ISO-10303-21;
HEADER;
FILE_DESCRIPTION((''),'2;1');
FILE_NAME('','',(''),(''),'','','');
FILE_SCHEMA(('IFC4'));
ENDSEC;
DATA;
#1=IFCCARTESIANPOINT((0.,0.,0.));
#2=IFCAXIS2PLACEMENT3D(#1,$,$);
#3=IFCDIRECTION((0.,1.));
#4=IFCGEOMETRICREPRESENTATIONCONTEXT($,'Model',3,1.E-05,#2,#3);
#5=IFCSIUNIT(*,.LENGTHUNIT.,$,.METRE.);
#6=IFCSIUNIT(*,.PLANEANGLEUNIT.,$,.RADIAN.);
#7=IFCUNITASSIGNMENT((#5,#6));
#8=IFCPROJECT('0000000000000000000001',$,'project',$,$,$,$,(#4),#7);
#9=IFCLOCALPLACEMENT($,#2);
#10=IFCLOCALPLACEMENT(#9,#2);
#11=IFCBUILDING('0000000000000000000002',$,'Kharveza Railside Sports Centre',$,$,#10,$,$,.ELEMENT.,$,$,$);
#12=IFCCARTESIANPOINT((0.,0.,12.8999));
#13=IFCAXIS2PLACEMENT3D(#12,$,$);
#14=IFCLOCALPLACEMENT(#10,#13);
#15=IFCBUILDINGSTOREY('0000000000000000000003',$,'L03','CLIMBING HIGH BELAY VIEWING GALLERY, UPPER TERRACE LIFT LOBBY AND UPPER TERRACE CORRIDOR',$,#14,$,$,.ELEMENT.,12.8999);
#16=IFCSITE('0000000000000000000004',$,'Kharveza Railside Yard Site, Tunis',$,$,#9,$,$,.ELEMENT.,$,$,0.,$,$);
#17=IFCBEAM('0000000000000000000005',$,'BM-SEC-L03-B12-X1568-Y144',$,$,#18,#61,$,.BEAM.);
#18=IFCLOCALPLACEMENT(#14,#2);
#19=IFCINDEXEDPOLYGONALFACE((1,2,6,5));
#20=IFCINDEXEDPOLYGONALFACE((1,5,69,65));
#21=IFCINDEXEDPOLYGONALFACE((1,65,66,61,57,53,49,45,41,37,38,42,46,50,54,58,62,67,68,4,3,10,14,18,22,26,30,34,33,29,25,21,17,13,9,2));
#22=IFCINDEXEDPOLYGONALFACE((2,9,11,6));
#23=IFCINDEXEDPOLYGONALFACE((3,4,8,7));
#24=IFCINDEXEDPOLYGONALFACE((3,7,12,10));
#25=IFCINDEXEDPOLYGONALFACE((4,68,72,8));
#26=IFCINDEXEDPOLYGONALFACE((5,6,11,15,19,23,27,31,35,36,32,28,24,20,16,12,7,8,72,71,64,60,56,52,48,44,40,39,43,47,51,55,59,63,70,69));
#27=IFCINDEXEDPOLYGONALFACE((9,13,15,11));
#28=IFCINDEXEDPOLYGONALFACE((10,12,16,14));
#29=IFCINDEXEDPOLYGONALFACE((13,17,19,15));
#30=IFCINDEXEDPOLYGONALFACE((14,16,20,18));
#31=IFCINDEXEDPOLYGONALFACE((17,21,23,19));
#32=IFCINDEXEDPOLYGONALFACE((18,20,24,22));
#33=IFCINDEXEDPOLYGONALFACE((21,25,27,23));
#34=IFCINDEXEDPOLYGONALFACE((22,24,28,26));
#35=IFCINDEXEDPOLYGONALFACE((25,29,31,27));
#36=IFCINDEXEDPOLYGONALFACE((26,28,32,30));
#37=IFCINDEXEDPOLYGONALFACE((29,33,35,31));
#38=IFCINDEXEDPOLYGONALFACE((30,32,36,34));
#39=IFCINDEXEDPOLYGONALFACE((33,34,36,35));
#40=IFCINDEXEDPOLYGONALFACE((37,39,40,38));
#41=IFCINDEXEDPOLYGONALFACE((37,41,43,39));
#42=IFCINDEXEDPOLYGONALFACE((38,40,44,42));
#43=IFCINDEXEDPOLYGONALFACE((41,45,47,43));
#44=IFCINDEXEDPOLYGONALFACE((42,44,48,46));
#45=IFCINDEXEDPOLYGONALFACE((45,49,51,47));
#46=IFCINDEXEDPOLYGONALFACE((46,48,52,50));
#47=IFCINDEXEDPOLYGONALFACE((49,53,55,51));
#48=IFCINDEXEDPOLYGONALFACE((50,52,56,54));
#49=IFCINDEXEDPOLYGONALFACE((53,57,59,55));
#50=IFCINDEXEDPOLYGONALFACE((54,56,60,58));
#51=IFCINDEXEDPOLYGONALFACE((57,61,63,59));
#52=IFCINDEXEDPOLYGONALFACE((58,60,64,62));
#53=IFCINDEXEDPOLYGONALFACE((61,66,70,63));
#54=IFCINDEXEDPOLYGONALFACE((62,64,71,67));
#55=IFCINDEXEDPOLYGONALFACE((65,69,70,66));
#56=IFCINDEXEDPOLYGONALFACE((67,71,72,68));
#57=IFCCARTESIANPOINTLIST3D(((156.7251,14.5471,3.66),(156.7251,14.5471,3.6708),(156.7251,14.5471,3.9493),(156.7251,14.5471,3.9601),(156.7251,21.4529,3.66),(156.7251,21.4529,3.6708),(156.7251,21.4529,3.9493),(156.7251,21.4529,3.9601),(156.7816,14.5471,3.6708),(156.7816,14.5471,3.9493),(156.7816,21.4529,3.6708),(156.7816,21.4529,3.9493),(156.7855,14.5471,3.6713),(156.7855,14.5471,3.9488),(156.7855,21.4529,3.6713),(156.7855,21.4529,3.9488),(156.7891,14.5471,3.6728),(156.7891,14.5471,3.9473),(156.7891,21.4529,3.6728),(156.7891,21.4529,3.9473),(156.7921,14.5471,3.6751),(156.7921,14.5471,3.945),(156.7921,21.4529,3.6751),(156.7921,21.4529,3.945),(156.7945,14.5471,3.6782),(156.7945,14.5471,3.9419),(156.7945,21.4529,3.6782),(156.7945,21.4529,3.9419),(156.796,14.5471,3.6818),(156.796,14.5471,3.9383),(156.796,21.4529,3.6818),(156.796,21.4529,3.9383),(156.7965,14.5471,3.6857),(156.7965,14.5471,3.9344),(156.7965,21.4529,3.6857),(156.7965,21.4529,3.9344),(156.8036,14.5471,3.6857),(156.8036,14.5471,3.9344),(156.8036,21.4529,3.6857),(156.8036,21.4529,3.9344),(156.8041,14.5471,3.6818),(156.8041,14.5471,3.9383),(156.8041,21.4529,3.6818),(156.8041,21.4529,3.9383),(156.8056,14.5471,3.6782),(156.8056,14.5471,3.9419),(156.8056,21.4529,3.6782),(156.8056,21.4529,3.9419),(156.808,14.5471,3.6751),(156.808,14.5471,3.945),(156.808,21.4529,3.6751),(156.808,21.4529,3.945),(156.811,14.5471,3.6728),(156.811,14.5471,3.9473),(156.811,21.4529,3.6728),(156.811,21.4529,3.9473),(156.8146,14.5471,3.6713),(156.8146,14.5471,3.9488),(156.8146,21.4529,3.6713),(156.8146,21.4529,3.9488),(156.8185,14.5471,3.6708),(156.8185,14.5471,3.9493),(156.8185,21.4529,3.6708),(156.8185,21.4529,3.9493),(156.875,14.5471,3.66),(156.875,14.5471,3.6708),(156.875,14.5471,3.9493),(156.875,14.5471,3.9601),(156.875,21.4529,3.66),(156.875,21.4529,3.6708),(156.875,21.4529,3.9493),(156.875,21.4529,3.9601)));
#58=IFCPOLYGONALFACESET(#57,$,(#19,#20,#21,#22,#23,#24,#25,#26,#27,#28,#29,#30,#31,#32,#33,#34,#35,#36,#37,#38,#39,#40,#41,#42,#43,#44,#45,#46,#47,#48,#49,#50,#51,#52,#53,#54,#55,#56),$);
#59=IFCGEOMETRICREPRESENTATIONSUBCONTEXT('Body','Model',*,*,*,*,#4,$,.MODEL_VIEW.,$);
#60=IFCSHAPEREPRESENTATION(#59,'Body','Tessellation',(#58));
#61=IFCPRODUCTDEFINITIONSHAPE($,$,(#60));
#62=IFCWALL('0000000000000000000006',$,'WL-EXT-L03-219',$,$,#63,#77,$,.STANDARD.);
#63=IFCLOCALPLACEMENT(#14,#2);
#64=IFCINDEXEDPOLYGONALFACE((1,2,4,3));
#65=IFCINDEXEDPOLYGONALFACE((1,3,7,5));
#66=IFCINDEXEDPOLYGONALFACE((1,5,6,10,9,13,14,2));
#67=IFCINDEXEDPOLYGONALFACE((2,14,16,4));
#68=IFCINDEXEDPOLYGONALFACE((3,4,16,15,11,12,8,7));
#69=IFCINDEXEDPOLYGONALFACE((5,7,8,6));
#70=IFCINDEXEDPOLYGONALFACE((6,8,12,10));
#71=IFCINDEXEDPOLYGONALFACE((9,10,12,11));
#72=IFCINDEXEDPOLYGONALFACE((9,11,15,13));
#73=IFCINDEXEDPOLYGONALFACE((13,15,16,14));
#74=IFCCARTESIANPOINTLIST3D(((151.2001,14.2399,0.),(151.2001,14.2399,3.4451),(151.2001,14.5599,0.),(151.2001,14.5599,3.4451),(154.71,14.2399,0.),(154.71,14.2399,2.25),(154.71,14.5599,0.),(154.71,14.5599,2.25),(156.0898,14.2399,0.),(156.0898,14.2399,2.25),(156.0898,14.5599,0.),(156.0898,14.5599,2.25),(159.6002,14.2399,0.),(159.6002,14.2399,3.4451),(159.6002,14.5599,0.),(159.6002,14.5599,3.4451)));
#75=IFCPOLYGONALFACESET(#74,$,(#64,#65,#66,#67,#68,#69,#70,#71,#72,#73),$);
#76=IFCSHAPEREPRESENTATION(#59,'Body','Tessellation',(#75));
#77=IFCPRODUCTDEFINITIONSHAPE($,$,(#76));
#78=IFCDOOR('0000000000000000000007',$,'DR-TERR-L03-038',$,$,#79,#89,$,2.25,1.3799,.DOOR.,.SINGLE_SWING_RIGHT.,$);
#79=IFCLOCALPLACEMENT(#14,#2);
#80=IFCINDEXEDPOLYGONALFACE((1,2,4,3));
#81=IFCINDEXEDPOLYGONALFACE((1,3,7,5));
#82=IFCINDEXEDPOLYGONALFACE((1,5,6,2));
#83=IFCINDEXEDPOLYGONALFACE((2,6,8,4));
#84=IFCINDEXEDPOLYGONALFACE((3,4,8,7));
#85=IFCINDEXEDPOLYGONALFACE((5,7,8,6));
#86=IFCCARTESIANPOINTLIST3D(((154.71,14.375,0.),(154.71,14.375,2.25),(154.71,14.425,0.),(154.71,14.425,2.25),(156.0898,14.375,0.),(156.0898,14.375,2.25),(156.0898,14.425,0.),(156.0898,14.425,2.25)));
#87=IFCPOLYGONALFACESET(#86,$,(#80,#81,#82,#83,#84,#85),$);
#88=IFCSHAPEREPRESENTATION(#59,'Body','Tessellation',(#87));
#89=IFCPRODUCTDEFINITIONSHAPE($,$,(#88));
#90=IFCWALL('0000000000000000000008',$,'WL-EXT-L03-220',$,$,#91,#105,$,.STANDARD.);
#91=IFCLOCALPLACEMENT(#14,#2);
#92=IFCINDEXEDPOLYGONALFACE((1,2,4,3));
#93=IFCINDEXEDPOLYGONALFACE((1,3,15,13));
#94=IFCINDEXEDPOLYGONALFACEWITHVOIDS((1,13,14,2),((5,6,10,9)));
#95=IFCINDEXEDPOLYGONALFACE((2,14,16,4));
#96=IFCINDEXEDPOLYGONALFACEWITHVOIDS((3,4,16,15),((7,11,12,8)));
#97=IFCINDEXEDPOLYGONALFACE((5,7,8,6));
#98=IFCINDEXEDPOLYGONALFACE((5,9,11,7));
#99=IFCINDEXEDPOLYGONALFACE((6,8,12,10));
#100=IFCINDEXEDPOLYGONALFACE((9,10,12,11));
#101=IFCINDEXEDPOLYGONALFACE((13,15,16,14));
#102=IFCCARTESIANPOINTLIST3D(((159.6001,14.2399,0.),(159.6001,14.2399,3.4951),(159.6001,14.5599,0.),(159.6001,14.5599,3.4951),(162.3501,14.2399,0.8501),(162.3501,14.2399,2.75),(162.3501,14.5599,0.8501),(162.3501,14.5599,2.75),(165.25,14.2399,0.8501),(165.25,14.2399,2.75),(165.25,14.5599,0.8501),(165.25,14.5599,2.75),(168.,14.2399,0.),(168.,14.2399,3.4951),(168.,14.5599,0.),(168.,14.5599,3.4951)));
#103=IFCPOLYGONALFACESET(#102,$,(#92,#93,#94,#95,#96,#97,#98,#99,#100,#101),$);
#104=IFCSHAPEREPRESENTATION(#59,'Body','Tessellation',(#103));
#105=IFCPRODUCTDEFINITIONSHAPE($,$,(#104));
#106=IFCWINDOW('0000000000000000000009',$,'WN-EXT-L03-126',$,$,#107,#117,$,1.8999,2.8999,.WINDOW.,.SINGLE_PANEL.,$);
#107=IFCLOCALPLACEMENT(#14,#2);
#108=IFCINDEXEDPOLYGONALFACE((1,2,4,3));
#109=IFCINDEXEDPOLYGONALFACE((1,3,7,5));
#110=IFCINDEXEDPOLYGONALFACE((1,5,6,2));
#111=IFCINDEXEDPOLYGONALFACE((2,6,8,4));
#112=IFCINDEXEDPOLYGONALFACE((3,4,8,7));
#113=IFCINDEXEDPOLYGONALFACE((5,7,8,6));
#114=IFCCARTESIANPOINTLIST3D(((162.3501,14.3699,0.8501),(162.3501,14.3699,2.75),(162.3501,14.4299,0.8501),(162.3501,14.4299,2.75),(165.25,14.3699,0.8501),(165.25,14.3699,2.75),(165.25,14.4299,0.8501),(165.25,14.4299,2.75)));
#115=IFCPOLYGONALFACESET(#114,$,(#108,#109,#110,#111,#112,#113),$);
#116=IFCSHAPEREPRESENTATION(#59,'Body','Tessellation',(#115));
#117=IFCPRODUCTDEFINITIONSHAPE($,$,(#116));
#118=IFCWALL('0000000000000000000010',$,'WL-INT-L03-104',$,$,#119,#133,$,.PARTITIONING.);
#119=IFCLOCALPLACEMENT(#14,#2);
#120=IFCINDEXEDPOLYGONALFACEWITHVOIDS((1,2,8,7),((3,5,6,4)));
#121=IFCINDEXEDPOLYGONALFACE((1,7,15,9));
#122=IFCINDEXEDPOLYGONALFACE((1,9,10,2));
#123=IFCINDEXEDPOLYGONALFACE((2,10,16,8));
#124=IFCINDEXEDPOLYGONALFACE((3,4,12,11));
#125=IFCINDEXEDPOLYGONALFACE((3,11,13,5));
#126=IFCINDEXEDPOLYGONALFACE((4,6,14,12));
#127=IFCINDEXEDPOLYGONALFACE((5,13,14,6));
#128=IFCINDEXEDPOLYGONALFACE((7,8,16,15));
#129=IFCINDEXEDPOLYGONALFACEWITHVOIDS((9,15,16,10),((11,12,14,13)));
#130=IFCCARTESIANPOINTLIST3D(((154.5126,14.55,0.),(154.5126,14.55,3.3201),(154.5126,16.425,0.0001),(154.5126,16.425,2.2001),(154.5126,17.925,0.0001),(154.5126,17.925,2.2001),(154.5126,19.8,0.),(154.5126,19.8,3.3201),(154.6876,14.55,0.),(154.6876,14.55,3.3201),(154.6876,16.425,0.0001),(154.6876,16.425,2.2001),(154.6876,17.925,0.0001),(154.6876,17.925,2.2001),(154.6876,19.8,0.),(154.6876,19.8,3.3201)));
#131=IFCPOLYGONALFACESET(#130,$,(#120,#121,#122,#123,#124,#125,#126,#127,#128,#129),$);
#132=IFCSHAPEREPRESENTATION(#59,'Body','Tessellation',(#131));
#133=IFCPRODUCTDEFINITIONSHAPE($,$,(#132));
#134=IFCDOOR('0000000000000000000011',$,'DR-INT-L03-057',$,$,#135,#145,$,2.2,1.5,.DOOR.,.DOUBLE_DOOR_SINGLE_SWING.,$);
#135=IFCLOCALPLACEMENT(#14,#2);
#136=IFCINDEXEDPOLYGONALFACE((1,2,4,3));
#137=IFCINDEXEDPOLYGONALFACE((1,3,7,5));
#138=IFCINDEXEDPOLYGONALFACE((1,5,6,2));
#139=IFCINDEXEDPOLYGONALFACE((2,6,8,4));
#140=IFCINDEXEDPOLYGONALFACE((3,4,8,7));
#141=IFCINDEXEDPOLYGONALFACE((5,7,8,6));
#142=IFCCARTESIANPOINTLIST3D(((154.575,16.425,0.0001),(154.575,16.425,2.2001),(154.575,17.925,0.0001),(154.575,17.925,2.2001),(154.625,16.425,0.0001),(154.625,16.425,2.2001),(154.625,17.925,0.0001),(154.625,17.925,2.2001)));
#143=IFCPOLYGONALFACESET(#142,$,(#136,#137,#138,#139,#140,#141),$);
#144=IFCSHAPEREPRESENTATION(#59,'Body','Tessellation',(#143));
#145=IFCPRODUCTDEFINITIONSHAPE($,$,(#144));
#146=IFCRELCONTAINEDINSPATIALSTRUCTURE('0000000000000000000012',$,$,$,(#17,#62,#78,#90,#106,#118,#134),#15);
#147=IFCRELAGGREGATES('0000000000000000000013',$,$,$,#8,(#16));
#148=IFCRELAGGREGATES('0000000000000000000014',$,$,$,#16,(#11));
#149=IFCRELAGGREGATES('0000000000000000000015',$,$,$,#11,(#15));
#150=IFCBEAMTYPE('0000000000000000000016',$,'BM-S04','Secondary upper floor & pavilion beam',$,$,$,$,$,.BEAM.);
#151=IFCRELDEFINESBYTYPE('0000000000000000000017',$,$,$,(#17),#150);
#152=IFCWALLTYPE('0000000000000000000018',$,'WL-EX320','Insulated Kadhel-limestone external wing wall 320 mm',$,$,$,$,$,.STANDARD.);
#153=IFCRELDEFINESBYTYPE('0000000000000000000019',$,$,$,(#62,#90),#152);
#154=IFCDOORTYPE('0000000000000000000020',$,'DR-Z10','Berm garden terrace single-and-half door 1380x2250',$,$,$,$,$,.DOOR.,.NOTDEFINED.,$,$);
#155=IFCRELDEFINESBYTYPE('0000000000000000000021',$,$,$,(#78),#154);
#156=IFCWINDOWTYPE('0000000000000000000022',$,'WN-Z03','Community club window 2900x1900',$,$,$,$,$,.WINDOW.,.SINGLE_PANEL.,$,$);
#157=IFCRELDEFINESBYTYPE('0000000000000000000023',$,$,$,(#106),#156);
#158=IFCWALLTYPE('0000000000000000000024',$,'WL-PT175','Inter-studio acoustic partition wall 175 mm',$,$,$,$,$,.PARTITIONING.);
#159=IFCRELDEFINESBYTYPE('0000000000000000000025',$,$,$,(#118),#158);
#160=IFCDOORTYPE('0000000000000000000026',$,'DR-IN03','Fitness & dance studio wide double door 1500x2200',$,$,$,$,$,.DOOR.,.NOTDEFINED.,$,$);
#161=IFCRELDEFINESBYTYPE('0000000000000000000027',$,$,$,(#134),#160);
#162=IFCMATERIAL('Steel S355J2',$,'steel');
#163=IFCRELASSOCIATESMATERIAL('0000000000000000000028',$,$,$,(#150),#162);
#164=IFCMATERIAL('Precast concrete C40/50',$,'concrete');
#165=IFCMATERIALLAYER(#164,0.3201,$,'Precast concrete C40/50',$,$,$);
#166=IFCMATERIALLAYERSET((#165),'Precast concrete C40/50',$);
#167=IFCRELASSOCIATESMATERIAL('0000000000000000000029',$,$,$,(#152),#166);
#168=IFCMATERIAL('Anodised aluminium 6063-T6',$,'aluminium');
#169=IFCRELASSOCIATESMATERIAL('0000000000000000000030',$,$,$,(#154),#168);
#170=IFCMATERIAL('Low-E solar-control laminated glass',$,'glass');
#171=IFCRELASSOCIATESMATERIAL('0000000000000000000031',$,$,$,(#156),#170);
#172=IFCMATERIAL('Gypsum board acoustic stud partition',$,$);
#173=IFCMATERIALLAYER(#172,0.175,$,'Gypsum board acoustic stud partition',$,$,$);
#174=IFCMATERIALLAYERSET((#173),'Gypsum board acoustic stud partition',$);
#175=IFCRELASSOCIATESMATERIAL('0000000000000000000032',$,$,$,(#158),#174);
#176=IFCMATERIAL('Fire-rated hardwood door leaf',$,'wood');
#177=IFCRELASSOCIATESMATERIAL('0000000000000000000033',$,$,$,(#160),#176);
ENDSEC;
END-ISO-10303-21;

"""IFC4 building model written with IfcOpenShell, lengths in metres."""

from ifc_helpers import new_model, si_unit, direction, frame, frame_2d, origin, origin_2d, place, context, subcontext, project, spatial, rectangle, i_section, extrude, material, layer, layer_set, material_profile, profile_set, type_object, element, fill, save


model = new_model("IFC4")

# Units and contexts
model_context = context("Model", 3, precision=1e-05, world=origin(), true_north=direction((0.0, 1.0)))
body_context = subcontext(model_context, "Body", "Model", "MODEL_VIEW")
ifc_project = project(units=[si_unit("LENGTHUNIT", "METRE"), si_unit("PLANEANGLEUNIT", "RADIAN")], contexts=[model_context])

# Site, building, storey
site_placement = place(None, origin())
site = spatial("IfcSite", under=ifc_project, at=site_placement, Name="Kharveza Railside Yard Site, Tunis", CompositionType="ELEMENT", RefElevation=0.0)
building_placement = place(site_placement, origin())
building = spatial("IfcBuilding", under=site, at=building_placement, Name="Kharveza Railside Sports Centre", CompositionType="ELEMENT")
storey_placement = place(building_placement, frame((0.0, 0.0, 12.8999)))
storey = spatial("IfcBuildingStorey", under=building, at=storey_placement, Name="L03", Description="CLIMBING HIGH BELAY VIEWING GALLERY, UPPER TERRACE LIFT LOBBY AND UPPER TERRACE CORRIDOR", CompositionType="ELEMENT", Elevation=12.8999)

# Shared definitions
ifc_material_1 = material(Name="Steel S355J2", Category="steel")

# Beam
ifc_material_profile_1 = material_profile(ifc_material_1, i_section(OverallWidth=0.1499, OverallDepth=0.3, WebThickness=0.0071, FlangeThickness=0.0107, FilletRadius=0.0149, at=origin_2d()), Name="IPE 300")
ifc_profile_set_1 = profile_set([ifc_material_profile_1], Name="Steel S355J2")
beam_type_1 = type_object("IfcBeamType", Name="BM-S04", Description="Secondary upper floor & pavilion beam", PredefinedType="BEAM", material=ifc_profile_set_1)
beam_1_placement = place(storey_placement, frame((156.8, 14.5471, 3.8101), z_axis=(0.0, 1.0, 0.0), x_axis=(-1.0, 0.0, 0.0)))
element("IfcBeam", 1, at=beam_1_placement, inside=storey, type_object=beam_type_1, Name="BM-SEC-L03-B12-X1568-Y144", PredefinedType="BEAM", context=body_context, shape_type="SweptSolid", body=[
    extrude(i_section(OverallWidth=0.1499, OverallDepth=0.3, WebThickness=0.0071, FlangeThickness=0.0107, FilletRadius=0.0149, at=origin_2d()), origin(), (0.0, 0.0, 1.0), 6.9058),
])

# Wall, opening, door
ifc_material_2 = material(Name="Precast concrete C40/50", Category="concrete")
ifc_layer_1 = layer(ifc_material_2, 0.3201, Name="Precast concrete C40/50")
ifc_layer_set_1 = layer_set([ifc_layer_1], Name="Precast concrete C40/50")
wall_type_1 = type_object("IfcWallType", Name="WL-EX320", Description="Insulated Kadhel-limestone external wing wall 320 mm", PredefinedType="STANDARD", material=ifc_layer_set_1)
wall_1_placement = place(storey_placement, frame((151.2, 14.3999, 0.0), z_axis=(0.0, 0.0, 1.0), x_axis=(1.0, 0.0, 0.0)))
wall_1 = element("IfcWall", 2, at=wall_1_placement, inside=storey, type_object=wall_type_1, Name="WL-EXT-L03-219", PredefinedType="STANDARD", context=body_context, shape_type="SweptSolid", body=[
    extrude(rectangle(XDim=8.4001, YDim=0.3201, at=frame_2d((4.2002, 0.0))), origin(), (0.0, 0.0, 1.0), 3.4451),
])
opening_1_placement = place(wall_1_placement, frame((3.51, 0.0, 0.0)))
opening_1 = element("IfcOpeningElement", 3, at=opening_1_placement, cuts=wall_1, PredefinedType="OPENING", context=body_context, shape_type="SweptSolid", body=[
    extrude(rectangle(XDim=1.3799, YDim=2.25, at=frame_2d((0.6899, 1.125))), frame((0.0, 0.1851, 0.0), z_axis=(0.0, -1.0, 0.0), x_axis=(1.0, 0.0, 0.0)), (0.0, 0.0, 1.0), 0.3699),
])
ifc_material_3 = material(Name="Anodised aluminium 6063-T6", Category="aluminium")
door_type_1 = type_object("IfcDoorType", Name="DR-Z10", Description="Berm garden terrace single-and-half door 1380x2250", OperationType="NOTDEFINED", PredefinedType="DOOR", material=ifc_material_3)
door_1_placement = place(opening_1_placement, frame((1.3799, 0.0, 0.0), z_axis=(0.0, 0.0, 1.0), x_axis=(-1.0, 0.0, 0.0)))
door_1 = element("IfcDoor", 4, at=door_1_placement, inside=storey, type_object=door_type_1, Name="DR-TERR-L03-038", OperationType="SINGLE_SWING_RIGHT", OverallHeight=2.25, OverallWidth=1.3799, PredefinedType="DOOR", context=body_context, shape_type="SweptSolid", body=[
    extrude(rectangle(XDim=1.3799, YDim=2.25, at=frame_2d((0.6899, 1.125))), frame((0.0, 0.0249, 0.0), z_axis=(0.0, -1.0, 0.0), x_axis=(1.0, 0.0, 0.0)), (0.0, 0.0, 1.0), 0.05),
])
fill(opening_1, door_1)

# Wall, opening, window
wall_2_placement = place(storey_placement, frame((159.6001, 14.3999, 0.0), z_axis=(0.0, 0.0, 1.0), x_axis=(1.0, 0.0, 0.0)))
wall_2 = element("IfcWall", 5, at=wall_2_placement, inside=storey, type_object=wall_type_1, Name="WL-EXT-L03-220", PredefinedType="STANDARD", context=body_context, shape_type="SweptSolid", body=[
    extrude(rectangle(XDim=8.3999, YDim=0.3201, at=frame_2d((4.2, 0.0))), origin(), (0.0, 0.0, 1.0), 3.4951),
])
opening_2_placement = place(wall_2_placement, frame((2.75, 0.0, 0.8501)))
opening_2 = element("IfcOpeningElement", 6, at=opening_2_placement, cuts=wall_2, PredefinedType="OPENING", context=body_context, shape_type="SweptSolid", body=[
    extrude(rectangle(XDim=2.8999, YDim=1.8999, at=frame_2d((1.45, 0.95))), frame((0.0, 0.1851, 0.0), z_axis=(0.0, -1.0, 0.0), x_axis=(1.0, 0.0, 0.0)), (0.0, 0.0, 1.0), 0.3699),
])
ifc_material_4 = material(Name="Low-E solar-control laminated glass", Category="glass")
window_type = type_object("IfcWindowType", Name="WN-Z03", Description="Community club window 2900x1900", PartitioningType="SINGLE_PANEL", PredefinedType="WINDOW", material=ifc_material_4)
window_placement = place(opening_2_placement, origin())
window = element("IfcWindow", 7, at=window_placement, inside=storey, type_object=window_type, Name="WN-EXT-L03-126", OverallHeight=1.8999, OverallWidth=2.8999, PartitioningType="SINGLE_PANEL", PredefinedType="WINDOW", context=body_context, shape_type="SweptSolid", body=[
    extrude(rectangle(XDim=2.8999, YDim=1.8999, at=frame_2d((1.45, 0.95))), frame((0.0, 0.03, 0.0), z_axis=(0.0, -1.0, 0.0), x_axis=(1.0, 0.0, 0.0)), (0.0, 0.0, 1.0), 0.0601),
])
fill(opening_2, window)

# Wall, opening, door
ifc_material_5 = material(Name="Gypsum board acoustic stud partition")
ifc_layer_2 = layer(ifc_material_5, 0.175, Name="Gypsum board acoustic stud partition")
ifc_layer_set_2 = layer_set([ifc_layer_2], Name="Gypsum board acoustic stud partition")
wall_type_2 = type_object("IfcWallType", Name="WL-PT175", Description="Inter-studio acoustic partition wall 175 mm", PredefinedType="PARTITIONING", material=ifc_layer_set_2)
wall_3_placement = place(storey_placement, frame((154.6001, 14.55, 0.0), z_axis=(0.0, 0.0, 1.0), x_axis=(0.0, 1.0, 0.0)))
wall_3 = element("IfcWall", 8, at=wall_3_placement, inside=storey, type_object=wall_type_2, Name="WL-INT-L03-104", PredefinedType="PARTITIONING", context=body_context, shape_type="SweptSolid", body=[
    extrude(rectangle(XDim=5.25, YDim=0.175, at=frame_2d((2.625, 0.0))), origin(), (0.0, 0.0, 1.0), 3.3201),
])
opening_3_placement = place(wall_3_placement, frame((1.875, 0.0, 0.0)))
opening_3 = element("IfcOpeningElement", 9, at=opening_3_placement, cuts=wall_3, PredefinedType="OPENING", context=body_context, shape_type="SweptSolid", body=[
    extrude(rectangle(XDim=1.5, YDim=2.2, at=frame_2d((0.75, 1.1001))), frame((0.0, 0.1123, 0.0), z_axis=(0.0, -1.0, 0.0), x_axis=(1.0, 0.0, 0.0)), (0.0, 0.0, 1.0), 0.2249),
])
ifc_material_6 = material(Name="Fire-rated hardwood door leaf", Category="wood")
door_type_2 = type_object("IfcDoorType", Name="DR-IN03", Description="Fitness & dance studio wide double door 1500x2200", OperationType="NOTDEFINED", PredefinedType="DOOR", material=ifc_material_6)
door_2_placement = place(opening_3_placement, frame((1.5, 0.0, 0.0), z_axis=(0.0, 0.0, 1.0), x_axis=(-1.0, 0.0, 0.0)))
door_2 = element("IfcDoor", 10, at=door_2_placement, inside=storey, type_object=door_type_2, Name="DR-INT-L03-057", OperationType="DOUBLE_DOOR_SINGLE_SWING", OverallHeight=2.2, OverallWidth=1.5, PredefinedType="DOOR", context=body_context, shape_type="SweptSolid", body=[
    extrude(rectangle(XDim=1.5, YDim=2.2, at=frame_2d((0.75, 1.1001))), frame((0.0, 0.0249, 0.0), z_axis=(0.0, -1.0, 0.0), x_axis=(1.0, 0.0, 0.0)), (0.0, 0.0, 1.0), 0.05),
])
fill(opening_3, door_2)

save(model, "model.ifc")
